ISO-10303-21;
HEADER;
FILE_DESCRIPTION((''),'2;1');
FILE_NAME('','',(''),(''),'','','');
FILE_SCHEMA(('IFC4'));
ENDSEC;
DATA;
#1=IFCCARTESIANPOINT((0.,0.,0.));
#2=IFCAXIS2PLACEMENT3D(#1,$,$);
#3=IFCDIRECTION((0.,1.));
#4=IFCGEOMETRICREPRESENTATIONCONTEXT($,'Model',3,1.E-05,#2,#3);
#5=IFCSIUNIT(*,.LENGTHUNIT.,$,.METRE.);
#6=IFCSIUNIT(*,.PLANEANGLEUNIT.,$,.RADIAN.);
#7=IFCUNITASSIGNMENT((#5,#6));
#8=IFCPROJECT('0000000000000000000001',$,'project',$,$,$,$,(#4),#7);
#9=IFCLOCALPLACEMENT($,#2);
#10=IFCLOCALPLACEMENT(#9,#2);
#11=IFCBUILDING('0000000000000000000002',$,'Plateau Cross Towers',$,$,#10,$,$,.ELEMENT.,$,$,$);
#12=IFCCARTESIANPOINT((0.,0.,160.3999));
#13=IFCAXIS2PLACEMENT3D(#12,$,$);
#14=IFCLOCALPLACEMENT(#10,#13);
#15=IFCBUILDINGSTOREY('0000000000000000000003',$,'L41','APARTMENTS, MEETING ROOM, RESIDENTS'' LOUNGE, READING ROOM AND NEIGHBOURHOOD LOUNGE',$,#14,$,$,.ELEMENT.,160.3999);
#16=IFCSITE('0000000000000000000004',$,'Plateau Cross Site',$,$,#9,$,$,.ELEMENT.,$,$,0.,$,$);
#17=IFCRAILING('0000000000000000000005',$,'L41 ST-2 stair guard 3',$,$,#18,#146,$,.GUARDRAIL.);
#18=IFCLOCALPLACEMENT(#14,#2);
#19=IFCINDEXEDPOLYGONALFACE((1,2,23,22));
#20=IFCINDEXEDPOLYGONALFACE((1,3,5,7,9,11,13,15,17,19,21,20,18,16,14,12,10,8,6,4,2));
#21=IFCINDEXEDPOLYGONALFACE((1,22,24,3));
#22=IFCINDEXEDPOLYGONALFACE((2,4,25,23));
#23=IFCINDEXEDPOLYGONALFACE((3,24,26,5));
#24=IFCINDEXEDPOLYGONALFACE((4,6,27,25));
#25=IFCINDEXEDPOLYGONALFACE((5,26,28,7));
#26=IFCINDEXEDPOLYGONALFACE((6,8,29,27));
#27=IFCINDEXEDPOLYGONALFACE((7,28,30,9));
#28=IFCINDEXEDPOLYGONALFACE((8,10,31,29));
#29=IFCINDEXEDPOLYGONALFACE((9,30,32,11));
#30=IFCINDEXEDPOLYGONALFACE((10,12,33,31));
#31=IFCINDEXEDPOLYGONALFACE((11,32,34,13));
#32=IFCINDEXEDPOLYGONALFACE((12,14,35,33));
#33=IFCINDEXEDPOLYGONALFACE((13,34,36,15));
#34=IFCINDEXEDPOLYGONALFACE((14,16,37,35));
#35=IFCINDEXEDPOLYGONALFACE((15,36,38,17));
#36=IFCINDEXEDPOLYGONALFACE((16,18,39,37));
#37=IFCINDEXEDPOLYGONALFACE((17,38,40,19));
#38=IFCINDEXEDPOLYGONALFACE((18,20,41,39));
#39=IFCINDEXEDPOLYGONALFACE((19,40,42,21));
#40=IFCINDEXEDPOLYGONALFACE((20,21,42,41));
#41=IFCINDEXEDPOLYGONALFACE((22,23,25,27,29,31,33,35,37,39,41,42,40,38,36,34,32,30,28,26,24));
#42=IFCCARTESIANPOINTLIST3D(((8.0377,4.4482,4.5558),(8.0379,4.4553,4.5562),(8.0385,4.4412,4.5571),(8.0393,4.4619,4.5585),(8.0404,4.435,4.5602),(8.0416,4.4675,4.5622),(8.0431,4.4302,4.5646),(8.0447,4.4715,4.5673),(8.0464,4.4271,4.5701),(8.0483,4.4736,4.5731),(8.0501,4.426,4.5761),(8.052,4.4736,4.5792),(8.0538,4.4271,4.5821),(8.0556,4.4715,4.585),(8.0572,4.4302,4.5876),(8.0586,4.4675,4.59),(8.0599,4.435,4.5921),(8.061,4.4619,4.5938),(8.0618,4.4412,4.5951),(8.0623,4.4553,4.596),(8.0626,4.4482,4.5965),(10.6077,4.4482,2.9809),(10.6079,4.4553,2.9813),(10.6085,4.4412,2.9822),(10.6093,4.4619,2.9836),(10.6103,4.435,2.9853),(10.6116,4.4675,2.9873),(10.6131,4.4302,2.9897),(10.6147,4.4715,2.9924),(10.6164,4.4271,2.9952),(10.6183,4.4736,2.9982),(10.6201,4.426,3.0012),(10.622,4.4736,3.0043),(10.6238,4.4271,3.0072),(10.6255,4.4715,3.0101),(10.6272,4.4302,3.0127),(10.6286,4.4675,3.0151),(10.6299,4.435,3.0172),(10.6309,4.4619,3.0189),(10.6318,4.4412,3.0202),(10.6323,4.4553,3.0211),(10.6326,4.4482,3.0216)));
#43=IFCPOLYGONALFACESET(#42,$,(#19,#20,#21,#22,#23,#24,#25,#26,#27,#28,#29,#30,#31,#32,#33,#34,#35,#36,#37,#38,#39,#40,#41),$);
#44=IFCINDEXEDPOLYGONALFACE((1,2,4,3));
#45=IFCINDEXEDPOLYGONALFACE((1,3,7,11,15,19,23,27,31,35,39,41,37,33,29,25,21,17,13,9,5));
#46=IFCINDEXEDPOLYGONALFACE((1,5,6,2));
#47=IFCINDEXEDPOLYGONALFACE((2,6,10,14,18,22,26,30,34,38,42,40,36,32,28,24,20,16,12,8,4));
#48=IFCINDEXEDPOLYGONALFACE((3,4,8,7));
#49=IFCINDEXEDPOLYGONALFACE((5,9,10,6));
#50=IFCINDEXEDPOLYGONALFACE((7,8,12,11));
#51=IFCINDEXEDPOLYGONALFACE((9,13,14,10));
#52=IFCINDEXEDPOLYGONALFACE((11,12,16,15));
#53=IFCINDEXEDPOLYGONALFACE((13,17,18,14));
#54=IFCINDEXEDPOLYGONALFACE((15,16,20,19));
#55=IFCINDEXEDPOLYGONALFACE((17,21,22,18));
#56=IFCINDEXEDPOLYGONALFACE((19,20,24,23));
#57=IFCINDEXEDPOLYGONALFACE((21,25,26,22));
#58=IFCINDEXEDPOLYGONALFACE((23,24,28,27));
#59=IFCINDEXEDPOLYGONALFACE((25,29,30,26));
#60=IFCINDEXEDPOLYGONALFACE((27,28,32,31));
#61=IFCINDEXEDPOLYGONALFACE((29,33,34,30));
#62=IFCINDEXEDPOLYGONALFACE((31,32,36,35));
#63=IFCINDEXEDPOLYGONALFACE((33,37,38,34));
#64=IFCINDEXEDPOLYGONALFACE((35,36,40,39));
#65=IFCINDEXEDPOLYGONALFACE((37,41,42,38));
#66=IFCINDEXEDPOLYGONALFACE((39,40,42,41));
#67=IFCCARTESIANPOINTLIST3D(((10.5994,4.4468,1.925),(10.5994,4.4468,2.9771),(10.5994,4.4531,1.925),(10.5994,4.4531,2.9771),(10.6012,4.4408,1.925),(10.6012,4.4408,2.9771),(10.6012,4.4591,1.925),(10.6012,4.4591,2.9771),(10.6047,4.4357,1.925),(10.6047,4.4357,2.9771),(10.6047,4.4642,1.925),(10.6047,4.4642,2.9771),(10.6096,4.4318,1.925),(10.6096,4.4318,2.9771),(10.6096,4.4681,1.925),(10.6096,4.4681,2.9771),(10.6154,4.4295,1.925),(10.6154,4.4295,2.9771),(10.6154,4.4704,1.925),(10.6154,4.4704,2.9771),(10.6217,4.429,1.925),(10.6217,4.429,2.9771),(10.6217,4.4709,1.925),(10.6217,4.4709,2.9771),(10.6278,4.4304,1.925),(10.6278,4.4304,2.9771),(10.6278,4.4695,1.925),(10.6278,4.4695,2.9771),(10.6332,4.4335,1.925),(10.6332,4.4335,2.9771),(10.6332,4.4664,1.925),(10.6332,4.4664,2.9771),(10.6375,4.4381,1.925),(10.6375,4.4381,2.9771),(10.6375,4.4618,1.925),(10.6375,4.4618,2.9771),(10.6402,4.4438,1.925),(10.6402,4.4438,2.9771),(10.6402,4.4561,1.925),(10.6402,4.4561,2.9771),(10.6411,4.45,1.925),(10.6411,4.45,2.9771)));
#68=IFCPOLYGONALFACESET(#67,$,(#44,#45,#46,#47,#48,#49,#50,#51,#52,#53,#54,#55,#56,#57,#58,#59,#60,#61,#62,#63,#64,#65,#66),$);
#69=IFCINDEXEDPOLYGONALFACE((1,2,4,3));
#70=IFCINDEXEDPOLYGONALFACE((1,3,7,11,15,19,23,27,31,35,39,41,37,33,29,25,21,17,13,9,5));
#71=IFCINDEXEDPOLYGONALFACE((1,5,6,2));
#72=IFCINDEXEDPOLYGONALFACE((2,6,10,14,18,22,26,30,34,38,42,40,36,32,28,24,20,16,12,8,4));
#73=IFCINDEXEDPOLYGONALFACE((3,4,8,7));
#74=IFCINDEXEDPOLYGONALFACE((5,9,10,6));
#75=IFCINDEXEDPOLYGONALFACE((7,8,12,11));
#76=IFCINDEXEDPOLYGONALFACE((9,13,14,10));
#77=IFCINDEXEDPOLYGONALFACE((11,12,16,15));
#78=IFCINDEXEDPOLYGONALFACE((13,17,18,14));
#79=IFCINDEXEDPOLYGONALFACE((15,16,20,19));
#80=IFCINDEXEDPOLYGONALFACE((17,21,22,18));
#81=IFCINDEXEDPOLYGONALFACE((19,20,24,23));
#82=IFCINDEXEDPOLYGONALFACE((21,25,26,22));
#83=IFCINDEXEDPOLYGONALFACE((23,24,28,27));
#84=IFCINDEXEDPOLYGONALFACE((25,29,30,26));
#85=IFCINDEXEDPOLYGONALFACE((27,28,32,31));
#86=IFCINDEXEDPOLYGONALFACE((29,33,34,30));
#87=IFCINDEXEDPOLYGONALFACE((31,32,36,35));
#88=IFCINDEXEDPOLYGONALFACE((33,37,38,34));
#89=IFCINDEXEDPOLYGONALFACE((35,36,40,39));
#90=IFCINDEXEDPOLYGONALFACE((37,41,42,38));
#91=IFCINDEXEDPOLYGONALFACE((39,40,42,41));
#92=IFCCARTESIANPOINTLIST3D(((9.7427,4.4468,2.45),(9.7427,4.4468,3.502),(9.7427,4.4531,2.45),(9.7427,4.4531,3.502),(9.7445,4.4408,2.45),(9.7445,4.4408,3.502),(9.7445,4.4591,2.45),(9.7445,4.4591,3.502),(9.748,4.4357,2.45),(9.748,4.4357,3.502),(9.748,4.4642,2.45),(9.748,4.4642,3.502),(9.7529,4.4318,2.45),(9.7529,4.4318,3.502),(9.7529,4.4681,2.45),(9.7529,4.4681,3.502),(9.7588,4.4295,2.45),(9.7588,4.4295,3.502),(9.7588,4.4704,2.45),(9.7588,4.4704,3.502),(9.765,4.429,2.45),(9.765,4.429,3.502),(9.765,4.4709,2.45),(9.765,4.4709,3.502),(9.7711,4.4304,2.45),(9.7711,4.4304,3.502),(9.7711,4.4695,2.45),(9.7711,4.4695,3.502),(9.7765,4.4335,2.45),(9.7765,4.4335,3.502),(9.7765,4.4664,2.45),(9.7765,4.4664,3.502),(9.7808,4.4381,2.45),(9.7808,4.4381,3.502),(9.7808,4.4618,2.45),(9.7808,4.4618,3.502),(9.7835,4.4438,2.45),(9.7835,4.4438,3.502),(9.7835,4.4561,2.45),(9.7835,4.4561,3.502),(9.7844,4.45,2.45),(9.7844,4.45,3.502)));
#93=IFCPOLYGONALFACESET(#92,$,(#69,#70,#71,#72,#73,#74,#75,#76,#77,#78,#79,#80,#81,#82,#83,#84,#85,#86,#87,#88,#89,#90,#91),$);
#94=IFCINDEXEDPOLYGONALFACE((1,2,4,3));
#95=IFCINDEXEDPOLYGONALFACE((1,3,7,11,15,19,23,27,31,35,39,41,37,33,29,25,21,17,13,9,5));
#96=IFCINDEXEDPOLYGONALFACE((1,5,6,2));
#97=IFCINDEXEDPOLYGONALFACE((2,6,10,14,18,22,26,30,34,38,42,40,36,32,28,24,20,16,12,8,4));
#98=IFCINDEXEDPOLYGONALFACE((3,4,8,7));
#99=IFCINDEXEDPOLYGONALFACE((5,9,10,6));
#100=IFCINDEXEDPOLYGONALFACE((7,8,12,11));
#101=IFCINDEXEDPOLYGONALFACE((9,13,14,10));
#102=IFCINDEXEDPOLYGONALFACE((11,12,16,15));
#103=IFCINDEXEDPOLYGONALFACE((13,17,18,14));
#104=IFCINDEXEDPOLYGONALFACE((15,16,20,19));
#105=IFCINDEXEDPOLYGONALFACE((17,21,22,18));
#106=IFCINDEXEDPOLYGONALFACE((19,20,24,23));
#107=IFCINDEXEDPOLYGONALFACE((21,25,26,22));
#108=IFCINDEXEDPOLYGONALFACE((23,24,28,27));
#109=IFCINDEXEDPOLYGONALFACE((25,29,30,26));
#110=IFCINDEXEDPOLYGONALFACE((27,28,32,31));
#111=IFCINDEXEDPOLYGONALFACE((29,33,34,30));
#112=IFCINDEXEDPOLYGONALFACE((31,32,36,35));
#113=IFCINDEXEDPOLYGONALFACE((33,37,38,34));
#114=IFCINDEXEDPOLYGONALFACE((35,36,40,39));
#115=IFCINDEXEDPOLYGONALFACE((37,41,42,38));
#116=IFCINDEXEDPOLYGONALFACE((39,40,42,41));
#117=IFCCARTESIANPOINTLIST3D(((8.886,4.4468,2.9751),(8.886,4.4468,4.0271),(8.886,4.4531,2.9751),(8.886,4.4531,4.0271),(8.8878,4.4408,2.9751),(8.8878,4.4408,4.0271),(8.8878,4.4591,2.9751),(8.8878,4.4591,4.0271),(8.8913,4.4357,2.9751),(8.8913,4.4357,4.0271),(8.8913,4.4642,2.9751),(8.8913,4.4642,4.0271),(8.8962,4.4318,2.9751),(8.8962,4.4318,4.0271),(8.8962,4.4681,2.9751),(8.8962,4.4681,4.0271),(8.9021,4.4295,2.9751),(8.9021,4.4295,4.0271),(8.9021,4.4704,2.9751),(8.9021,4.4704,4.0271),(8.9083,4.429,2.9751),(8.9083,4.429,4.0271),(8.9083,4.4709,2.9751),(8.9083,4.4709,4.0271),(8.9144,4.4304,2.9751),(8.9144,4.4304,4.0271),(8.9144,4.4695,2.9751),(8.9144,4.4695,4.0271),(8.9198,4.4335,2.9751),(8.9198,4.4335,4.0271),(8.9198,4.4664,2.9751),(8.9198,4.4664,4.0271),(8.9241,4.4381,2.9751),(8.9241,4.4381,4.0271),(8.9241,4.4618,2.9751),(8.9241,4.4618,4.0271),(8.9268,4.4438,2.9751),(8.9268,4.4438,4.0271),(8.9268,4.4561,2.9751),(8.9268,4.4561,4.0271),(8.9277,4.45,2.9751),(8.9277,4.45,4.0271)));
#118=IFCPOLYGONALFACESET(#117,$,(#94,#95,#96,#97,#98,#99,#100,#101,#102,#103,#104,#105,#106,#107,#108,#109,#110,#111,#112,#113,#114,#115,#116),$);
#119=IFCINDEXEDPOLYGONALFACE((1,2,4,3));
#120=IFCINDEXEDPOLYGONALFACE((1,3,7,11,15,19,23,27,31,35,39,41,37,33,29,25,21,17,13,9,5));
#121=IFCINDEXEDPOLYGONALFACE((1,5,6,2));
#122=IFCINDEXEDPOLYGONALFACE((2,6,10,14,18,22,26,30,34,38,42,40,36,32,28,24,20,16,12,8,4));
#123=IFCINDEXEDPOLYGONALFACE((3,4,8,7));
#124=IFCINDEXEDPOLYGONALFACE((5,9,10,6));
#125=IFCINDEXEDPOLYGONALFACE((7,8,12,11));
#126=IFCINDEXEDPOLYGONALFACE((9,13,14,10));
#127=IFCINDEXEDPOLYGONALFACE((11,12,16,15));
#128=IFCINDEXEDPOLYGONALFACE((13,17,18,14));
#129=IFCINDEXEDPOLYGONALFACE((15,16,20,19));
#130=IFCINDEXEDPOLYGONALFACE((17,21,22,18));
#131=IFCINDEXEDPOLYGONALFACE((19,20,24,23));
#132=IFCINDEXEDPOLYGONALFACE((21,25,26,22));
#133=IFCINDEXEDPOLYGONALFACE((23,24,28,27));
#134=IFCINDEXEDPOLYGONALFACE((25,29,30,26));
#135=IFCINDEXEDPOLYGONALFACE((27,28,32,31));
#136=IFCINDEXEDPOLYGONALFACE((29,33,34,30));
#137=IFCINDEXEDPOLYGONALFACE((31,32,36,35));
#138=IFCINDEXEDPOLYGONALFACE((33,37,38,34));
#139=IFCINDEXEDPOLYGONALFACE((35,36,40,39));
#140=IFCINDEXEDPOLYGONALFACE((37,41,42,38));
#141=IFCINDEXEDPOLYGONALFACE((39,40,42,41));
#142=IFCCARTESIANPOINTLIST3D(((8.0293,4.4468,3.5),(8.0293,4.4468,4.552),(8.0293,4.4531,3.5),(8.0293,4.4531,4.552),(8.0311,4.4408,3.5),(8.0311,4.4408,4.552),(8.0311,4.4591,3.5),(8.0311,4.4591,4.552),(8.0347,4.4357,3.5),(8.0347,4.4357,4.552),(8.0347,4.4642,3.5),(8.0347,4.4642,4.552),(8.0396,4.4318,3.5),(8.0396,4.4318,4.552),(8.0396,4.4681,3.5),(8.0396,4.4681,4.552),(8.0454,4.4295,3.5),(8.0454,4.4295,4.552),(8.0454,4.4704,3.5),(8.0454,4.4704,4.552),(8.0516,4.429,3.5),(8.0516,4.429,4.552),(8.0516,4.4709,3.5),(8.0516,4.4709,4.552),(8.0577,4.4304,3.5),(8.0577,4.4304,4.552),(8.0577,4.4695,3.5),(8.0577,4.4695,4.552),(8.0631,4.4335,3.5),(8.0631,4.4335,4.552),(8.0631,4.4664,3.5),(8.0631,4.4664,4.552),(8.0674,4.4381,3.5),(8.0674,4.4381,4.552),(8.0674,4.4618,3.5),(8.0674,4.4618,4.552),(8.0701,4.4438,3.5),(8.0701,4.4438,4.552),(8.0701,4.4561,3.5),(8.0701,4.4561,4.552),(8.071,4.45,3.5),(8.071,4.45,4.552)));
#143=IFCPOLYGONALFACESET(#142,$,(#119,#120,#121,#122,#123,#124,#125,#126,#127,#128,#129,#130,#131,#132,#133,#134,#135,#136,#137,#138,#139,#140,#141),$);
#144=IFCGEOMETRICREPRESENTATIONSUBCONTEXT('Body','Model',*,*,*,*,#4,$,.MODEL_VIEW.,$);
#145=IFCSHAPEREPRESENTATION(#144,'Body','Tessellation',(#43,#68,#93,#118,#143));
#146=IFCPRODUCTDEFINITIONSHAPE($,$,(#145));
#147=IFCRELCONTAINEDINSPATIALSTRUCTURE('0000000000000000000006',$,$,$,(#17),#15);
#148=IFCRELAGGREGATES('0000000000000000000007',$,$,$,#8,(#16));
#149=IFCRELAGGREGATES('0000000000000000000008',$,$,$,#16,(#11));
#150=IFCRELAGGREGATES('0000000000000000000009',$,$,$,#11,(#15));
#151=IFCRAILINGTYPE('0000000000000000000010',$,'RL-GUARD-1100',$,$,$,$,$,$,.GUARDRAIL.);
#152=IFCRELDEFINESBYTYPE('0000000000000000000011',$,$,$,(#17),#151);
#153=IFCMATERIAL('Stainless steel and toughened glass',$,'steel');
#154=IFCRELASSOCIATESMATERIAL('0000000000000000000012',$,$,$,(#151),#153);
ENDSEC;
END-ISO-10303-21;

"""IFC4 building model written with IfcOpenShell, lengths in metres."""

from ifc_helpers import new_model, si_unit, direction, frame, origin, origin_2d, place, context, subcontext, project, spatial, circle, extrude, material, type_object, element, save


model = new_model("IFC4")

# Units and contexts
model_context = context("Model", 3, precision=1e-05, world=origin(), true_north=direction((0.0, 1.0)))
body_context = subcontext(model_context, "Body", "Model", "MODEL_VIEW")
ifc_project = project(units=[si_unit("LENGTHUNIT", "METRE"), si_unit("PLANEANGLEUNIT", "RADIAN")], contexts=[model_context])

# Site, building, storey
site_placement = place(None, origin())
site = spatial("IfcSite", under=ifc_project, at=site_placement, Name="Plateau Cross Site", CompositionType="ELEMENT", RefElevation=0.0)
building_placement = place(site_placement, origin())
building = spatial("IfcBuilding", under=site, at=building_placement, Name="Plateau Cross Towers", CompositionType="ELEMENT")
storey_placement = place(building_placement, frame((0.0, 0.0, 160.3999)))
storey = spatial("IfcBuildingStorey", under=building, at=storey_placement, Name="L41", Description="APARTMENTS, MEETING ROOM, RESIDENTS' LOUNGE, READING ROOM AND NEIGHBOURHOOD LOUNGE", CompositionType="ELEMENT", Elevation=160.3999)

# Railing
ifc_material_1 = material(Name="Stainless steel and toughened glass", Category="steel")
railing_type_1 = type_object("IfcRailingType", Name="RL-GUARD-1100", PredefinedType="GUARDRAIL", material=ifc_material_1)
railing_1_placement = place(storey_placement, frame((10.6201, 4.45, 1.925)))
element("IfcRailing", 1, at=railing_1_placement, inside=storey, type_object=railing_type_1, Name="L41 ST-2 stair guard 3", PredefinedType="GUARDRAIL", context=body_context, shape_type="SweptSolid", body=[
    extrude(circle(Radius=0.0239, at=origin_2d()), frame((0.0, 0.0, 1.0762), z_axis=(-0.852639, 0.0, 0.522501), x_axis=(0.0, -1.0, 0.0)), (0.0, 0.0, 1.0), 3.0142),
    extrude(circle(Radius=0.021, at=origin_2d()), origin(), (0.0, 0.0, 1.0), 1.052),
    extrude(circle(Radius=0.021, at=origin_2d()), frame((-0.8567, 0.0, 0.5249)), (0.0, 0.0, 1.0), 1.052),
    extrude(circle(Radius=0.021, at=origin_2d()), frame((-1.7134, 0.0, 1.05)), (0.0, 0.0, 1.0), 1.052),
    extrude(circle(Radius=0.021, at=origin_2d()), frame((-2.5701, 0.0, 1.575)), (0.0, 0.0, 1.0), 1.052),
])

save(model, "model.ifc")
